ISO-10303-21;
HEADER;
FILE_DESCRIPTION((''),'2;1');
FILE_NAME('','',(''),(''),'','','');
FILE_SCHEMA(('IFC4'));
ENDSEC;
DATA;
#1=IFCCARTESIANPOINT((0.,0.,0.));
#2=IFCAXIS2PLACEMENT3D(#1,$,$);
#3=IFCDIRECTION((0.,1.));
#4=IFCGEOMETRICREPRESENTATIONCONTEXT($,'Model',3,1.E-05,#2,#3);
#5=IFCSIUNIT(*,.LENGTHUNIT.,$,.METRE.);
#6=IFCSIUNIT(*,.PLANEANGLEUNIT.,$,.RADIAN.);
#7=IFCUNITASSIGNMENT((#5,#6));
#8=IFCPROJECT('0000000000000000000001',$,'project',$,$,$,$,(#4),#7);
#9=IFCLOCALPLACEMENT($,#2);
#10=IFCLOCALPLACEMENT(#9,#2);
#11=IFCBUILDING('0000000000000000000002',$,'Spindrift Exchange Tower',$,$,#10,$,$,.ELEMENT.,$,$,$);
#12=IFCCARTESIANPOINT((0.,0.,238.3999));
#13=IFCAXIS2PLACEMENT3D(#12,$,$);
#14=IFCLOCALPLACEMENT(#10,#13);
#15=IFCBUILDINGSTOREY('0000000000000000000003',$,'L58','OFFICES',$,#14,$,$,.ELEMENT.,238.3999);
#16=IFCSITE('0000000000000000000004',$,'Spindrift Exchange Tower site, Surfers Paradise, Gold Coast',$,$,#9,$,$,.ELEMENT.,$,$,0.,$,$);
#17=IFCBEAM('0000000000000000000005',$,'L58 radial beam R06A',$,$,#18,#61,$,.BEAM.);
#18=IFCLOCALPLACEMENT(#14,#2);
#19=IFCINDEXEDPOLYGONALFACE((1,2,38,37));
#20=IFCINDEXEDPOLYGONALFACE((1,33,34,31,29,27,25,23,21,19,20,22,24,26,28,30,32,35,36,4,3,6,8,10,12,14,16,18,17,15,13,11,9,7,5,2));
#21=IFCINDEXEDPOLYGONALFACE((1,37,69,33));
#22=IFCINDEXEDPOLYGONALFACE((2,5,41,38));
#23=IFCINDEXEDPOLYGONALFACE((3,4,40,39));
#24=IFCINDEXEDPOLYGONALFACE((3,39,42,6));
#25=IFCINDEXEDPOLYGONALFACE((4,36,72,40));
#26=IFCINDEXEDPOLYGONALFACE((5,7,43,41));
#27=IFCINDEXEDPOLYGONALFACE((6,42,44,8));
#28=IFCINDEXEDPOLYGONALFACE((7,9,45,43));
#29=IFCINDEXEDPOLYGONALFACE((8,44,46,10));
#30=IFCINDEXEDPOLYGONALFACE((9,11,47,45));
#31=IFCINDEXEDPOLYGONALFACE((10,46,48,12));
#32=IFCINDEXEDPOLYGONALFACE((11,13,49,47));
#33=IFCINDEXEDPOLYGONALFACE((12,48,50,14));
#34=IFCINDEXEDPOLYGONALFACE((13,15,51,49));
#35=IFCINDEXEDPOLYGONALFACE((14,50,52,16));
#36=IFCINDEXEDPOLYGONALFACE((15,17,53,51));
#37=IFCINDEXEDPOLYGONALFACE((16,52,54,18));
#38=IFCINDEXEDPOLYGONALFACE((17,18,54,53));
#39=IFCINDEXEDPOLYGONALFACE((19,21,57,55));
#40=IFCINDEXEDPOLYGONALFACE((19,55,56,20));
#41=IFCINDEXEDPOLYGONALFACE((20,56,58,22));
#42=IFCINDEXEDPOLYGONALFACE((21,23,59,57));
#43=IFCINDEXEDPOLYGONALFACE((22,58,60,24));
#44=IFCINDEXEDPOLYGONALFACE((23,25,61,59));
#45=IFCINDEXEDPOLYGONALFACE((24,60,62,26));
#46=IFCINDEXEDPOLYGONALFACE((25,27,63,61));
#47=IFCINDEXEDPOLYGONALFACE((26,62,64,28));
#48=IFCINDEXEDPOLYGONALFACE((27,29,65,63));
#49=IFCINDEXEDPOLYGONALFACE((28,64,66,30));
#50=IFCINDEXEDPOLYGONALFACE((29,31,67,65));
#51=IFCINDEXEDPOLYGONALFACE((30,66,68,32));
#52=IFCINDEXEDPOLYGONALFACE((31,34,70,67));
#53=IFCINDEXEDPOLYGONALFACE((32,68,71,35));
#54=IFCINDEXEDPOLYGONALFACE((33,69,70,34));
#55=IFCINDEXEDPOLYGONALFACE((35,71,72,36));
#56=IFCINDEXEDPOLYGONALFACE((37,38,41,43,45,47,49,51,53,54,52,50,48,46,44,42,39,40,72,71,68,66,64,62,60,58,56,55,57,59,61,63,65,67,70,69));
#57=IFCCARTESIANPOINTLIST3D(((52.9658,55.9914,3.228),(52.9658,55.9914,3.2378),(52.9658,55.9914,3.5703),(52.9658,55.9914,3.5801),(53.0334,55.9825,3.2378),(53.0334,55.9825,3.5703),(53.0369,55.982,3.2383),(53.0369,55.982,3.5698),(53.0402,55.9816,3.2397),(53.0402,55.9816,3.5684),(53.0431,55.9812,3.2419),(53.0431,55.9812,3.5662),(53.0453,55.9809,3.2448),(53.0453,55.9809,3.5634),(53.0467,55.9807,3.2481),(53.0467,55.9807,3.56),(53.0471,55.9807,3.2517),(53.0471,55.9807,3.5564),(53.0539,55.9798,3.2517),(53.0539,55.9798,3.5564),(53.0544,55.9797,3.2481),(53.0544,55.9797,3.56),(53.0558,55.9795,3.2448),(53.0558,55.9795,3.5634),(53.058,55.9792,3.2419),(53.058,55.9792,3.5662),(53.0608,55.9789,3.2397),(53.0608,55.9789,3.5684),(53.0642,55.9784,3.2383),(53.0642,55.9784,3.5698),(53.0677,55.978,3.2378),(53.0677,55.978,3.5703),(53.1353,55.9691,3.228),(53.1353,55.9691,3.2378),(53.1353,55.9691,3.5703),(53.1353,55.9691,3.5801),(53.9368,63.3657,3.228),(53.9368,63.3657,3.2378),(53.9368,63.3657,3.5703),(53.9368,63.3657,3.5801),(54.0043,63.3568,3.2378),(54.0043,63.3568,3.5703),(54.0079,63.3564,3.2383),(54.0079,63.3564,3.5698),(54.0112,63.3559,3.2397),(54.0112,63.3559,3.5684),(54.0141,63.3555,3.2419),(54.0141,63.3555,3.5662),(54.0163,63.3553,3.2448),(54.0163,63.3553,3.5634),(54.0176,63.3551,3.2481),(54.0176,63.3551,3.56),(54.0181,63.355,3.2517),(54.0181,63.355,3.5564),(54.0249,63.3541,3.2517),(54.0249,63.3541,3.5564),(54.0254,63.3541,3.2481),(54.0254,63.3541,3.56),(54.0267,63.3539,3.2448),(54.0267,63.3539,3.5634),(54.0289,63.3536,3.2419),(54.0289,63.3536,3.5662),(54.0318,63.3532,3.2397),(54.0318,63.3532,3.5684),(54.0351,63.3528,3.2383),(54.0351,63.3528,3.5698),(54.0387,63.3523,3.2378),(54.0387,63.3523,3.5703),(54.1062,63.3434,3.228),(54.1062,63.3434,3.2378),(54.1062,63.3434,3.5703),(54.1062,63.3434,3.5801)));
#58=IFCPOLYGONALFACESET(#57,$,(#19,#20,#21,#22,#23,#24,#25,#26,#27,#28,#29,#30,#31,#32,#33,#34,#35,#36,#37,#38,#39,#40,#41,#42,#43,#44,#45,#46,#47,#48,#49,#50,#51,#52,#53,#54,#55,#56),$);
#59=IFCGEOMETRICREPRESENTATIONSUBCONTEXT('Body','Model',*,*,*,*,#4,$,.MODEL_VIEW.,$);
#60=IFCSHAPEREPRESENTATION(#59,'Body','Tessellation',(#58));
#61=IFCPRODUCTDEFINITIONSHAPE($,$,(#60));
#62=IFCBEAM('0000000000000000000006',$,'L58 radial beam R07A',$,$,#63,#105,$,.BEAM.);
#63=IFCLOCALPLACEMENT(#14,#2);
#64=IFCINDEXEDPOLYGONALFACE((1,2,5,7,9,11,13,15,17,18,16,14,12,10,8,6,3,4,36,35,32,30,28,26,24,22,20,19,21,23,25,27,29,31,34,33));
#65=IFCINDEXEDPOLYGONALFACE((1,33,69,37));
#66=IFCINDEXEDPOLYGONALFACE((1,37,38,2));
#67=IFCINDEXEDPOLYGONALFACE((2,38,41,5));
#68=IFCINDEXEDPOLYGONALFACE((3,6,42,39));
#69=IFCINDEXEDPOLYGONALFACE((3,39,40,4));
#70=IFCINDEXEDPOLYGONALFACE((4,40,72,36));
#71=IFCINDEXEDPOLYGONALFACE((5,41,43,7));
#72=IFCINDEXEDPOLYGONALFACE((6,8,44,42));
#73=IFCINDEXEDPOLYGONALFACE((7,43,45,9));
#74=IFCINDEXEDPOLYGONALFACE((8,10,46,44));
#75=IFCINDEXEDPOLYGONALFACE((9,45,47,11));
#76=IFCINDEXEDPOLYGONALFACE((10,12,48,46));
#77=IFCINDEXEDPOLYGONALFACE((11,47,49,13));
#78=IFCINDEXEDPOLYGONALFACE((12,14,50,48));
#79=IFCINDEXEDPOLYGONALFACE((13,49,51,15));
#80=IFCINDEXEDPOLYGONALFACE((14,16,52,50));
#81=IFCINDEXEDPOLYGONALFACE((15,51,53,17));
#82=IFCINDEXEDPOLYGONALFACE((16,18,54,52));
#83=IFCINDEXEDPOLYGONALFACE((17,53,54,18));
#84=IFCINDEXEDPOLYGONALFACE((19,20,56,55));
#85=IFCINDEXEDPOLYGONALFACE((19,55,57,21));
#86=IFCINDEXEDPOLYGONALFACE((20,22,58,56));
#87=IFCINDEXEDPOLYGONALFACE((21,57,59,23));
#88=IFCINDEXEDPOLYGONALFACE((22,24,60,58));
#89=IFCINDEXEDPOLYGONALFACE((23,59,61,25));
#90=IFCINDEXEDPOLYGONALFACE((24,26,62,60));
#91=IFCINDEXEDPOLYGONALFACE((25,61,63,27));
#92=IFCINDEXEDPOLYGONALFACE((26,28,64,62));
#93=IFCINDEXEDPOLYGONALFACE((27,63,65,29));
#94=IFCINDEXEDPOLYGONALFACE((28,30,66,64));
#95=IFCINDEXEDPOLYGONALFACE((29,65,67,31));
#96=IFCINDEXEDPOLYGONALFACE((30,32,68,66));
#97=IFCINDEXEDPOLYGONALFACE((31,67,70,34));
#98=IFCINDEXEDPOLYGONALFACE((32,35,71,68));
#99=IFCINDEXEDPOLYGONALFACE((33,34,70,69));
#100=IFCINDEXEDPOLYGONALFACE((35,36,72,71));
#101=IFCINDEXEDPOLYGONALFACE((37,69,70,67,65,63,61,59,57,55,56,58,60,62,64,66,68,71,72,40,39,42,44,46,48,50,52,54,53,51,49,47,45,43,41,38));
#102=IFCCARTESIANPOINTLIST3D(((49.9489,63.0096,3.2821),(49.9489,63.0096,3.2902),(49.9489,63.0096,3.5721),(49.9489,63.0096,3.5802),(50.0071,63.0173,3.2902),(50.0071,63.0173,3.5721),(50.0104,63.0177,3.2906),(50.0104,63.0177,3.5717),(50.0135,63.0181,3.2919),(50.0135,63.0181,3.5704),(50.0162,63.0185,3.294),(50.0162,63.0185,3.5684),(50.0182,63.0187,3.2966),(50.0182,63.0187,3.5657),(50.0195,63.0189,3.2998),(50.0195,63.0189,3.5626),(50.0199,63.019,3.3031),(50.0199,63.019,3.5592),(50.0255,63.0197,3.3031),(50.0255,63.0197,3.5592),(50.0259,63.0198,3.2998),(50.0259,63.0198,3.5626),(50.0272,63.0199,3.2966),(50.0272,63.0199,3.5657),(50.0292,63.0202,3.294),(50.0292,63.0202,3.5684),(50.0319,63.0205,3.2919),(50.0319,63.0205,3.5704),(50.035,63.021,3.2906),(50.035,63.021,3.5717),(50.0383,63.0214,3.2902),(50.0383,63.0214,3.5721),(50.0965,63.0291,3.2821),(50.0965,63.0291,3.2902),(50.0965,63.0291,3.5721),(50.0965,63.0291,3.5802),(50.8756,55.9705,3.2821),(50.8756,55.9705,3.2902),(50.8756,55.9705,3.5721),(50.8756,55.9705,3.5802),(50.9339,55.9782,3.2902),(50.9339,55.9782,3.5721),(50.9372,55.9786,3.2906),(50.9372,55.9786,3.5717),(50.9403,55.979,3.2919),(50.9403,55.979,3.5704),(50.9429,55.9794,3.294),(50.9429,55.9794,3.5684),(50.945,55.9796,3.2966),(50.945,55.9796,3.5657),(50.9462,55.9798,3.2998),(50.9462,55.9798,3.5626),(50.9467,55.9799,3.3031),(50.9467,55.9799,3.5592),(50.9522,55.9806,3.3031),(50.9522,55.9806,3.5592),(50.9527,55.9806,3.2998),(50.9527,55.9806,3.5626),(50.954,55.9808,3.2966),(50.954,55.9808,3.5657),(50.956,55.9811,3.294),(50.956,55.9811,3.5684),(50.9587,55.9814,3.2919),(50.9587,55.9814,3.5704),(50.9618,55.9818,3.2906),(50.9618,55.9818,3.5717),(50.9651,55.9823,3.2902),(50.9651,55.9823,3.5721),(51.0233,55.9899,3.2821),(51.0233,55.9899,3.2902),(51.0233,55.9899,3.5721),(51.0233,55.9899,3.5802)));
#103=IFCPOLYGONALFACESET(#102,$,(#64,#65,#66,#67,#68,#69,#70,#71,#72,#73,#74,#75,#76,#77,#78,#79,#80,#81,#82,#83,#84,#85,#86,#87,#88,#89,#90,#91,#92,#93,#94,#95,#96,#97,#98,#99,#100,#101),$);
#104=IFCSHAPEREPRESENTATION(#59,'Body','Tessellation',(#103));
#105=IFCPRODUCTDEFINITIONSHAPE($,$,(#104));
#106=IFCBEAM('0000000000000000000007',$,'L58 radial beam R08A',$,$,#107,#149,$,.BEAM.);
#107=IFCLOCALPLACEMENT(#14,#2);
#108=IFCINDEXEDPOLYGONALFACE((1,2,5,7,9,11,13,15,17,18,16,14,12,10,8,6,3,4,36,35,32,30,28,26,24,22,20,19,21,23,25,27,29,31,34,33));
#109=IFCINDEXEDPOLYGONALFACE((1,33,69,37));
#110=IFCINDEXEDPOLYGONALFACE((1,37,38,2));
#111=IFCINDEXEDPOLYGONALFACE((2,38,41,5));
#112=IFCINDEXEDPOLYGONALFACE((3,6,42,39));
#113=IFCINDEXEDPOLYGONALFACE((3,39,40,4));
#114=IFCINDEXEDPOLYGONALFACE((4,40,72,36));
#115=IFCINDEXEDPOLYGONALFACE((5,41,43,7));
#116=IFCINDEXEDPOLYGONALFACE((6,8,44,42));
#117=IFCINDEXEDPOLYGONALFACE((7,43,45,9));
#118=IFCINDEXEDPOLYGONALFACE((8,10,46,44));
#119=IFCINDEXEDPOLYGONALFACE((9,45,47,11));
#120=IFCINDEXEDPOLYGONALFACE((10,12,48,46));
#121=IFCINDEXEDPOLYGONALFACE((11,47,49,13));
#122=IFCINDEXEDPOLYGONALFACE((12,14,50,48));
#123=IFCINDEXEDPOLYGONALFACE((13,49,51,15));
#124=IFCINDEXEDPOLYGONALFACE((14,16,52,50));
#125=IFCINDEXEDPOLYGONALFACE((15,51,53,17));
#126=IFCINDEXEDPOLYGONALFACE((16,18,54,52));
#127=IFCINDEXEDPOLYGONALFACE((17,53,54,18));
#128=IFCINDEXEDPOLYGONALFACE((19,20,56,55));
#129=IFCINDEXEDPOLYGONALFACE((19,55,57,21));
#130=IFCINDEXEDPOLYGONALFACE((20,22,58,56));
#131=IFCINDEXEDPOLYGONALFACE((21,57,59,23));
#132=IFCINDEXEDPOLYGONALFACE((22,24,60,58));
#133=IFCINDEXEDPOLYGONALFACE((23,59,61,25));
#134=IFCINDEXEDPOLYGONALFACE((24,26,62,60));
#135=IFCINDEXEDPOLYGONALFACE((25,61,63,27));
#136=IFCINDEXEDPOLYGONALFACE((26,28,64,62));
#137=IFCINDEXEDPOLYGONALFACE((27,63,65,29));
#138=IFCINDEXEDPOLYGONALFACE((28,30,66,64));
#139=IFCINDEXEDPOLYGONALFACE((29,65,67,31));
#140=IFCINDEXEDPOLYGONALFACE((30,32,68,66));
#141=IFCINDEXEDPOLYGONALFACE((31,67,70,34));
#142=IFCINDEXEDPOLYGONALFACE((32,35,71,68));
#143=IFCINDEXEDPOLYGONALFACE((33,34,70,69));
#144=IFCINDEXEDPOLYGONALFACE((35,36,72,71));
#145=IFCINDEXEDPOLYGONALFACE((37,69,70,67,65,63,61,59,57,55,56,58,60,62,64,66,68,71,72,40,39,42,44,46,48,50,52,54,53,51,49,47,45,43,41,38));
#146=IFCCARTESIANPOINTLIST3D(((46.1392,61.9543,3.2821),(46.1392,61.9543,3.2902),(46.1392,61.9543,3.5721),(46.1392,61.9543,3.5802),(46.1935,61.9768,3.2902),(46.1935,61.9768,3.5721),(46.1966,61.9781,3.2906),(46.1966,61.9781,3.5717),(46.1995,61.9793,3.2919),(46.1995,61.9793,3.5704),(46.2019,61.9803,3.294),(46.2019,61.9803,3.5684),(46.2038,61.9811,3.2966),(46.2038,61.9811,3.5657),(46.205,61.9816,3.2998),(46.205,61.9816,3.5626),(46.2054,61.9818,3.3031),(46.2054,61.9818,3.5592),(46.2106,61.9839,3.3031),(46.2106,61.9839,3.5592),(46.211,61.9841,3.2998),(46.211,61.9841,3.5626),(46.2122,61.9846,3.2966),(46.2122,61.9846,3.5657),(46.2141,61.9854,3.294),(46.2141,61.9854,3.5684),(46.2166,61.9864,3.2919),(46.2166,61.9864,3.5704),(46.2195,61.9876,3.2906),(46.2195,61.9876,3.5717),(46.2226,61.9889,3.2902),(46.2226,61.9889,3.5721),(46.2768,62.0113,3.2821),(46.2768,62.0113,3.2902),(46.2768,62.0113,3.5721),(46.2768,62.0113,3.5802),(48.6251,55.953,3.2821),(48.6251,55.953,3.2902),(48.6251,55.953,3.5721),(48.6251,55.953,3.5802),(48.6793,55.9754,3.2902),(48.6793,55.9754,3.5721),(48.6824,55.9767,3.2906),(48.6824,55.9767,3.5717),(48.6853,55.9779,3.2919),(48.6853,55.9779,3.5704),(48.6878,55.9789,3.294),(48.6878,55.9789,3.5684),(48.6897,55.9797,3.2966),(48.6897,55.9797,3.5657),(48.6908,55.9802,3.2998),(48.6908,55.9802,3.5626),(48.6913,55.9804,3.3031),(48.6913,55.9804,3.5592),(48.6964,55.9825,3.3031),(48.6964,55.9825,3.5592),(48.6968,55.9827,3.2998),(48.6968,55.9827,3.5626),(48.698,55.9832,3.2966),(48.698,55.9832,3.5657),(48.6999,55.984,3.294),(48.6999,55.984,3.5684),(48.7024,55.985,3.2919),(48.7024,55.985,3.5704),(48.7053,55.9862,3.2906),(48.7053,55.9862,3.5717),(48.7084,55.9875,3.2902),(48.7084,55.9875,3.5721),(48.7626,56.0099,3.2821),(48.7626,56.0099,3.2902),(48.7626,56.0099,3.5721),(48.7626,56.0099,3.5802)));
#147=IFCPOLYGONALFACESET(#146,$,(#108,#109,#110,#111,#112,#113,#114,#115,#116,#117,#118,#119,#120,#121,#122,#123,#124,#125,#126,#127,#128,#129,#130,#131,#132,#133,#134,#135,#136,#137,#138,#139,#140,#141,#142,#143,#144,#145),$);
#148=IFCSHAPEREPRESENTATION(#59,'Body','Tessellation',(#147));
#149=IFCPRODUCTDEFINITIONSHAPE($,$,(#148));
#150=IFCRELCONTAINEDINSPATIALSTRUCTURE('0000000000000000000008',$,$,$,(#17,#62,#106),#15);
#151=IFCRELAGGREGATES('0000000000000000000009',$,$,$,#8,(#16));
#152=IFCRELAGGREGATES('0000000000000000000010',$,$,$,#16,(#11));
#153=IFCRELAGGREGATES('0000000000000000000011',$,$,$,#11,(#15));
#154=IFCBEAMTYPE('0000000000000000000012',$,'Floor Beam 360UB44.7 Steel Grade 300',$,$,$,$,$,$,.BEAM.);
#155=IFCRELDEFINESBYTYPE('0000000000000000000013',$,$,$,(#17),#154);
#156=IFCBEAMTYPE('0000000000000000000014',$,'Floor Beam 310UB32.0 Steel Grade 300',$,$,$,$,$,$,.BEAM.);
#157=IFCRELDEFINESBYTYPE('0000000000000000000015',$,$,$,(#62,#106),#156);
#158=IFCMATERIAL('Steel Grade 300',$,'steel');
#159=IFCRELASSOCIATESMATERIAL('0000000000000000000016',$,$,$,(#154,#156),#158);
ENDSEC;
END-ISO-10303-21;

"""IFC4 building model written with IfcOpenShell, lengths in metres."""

from ifc_helpers import new_model, si_unit, direction, frame, origin, origin_2d, place, context, subcontext, project, spatial, i_section, extrude, source, transform, mapped, material, material_profile, profile_set, type_object, element, save


model = new_model("IFC4")

# Units and contexts
model_context = context("Model", 3, precision=1e-05, world=origin(), true_north=direction((0.0, 1.0)))
body_context = subcontext(model_context, "Body", "Model", "MODEL_VIEW")
ifc_project = project(units=[si_unit("LENGTHUNIT", "METRE"), si_unit("PLANEANGLEUNIT", "RADIAN")], contexts=[model_context])

# Site, building, storey
site_placement = place(None, origin())
site = spatial("IfcSite", under=ifc_project, at=site_placement, Name="Spindrift Exchange Tower site, Surfers Paradise, Gold Coast", CompositionType="ELEMENT", RefElevation=0.0)
building_placement = place(site_placement, origin())
building = spatial("IfcBuilding", under=site, at=building_placement, Name="Spindrift Exchange Tower", CompositionType="ELEMENT")
storey_placement = place(building_placement, frame((0.0, 0.0, 238.3999)))
storey = spatial("IfcBuildingStorey", under=building, at=storey_placement, Name="L58", Description="OFFICES", CompositionType="ELEMENT", Elevation=238.3999)

# Beams
ifc_material_1 = material(Name="Steel Grade 300", Category="steel")
ifc_material_profile_1 = material_profile(ifc_material_1, i_section(OverallWidth=0.1709, OverallDepth=0.3521, WebThickness=0.0068, FlangeThickness=0.0098, FilletRadius=0.0139, at=origin_2d()), Name="360UB44.7")
ifc_profile_set_1 = profile_set([ifc_material_profile_1], Name="Steel Grade 300")
beam_type_1 = type_object("IfcBeamType", Name="Floor Beam 360UB44.7 Steel Grade 300", PredefinedType="BEAM", material=ifc_profile_set_1)
shared_shape_1 = source(origin(), body_context, "Body", "SweptSolid", [
    extrude(i_section(OverallWidth=0.1709, OverallDepth=0.3521, WebThickness=0.0068, FlangeThickness=0.0098, FilletRadius=0.0139, at=origin_2d()), origin(), (0.0, 0.0, 1.0), 7.438),
])
beam_1_placement = place(storey_placement, frame((53.0505, 55.9802, 3.4041), z_axis=(0.13054, 0.991443, 0.0), x_axis=(-0.991443, 0.13054, 0.0)))
element("IfcBeam", 1, at=beam_1_placement, inside=storey, type_object=beam_type_1, Name="L58 radial beam R06A", PredefinedType="BEAM", context=body_context, shape_type="MappedRepresentation", body=[
    mapped(shared_shape_1, transform((0.0, 0.0, 0.0), scale=1.0)),
])
ifc_material_profile_2 = material_profile(ifc_material_1, i_section(OverallWidth=0.1489, OverallDepth=0.2981, WebThickness=0.0056, FlangeThickness=0.0081, FilletRadius=0.0129, at=origin_2d()), Name="310UB32.0")
ifc_profile_set_2 = profile_set([ifc_material_profile_2], Name="Steel Grade 300")
beam_type_2 = type_object("IfcBeamType", Name="Floor Beam 310UB32.0 Steel Grade 300", PredefinedType="BEAM", material=ifc_profile_set_2)
shared_shape_2 = source(origin(), body_context, "Body", "SweptSolid", [
    extrude(i_section(OverallWidth=0.1489, OverallDepth=0.2981, WebThickness=0.0056, FlangeThickness=0.0081, FilletRadius=0.0129, at=origin_2d()), origin(), (0.0, 0.0, 1.0), 7.0999),
])
beam_2_placement = place(storey_placement, frame((50.9495, 55.9802, 3.4312), z_axis=(-0.130533, 0.991444, 0.0), x_axis=(-0.991444, -0.130533, 0.0)))
element("IfcBeam", 2, at=beam_2_placement, inside=storey, type_object=beam_type_2, Name="L58 radial beam R07A", PredefinedType="BEAM", context=body_context, shape_type="MappedRepresentation", body=[
    mapped(shared_shape_2, transform((0.0, 0.0, 0.0), scale=1.0)),
])
shared_shape_3 = source(origin(), body_context, "Body", "SweptSolid", [
    extrude(i_section(OverallWidth=0.1489, OverallDepth=0.2981, WebThickness=0.0056, FlangeThickness=0.0081, FilletRadius=0.0129, at=origin_2d()), origin(), (0.0, 0.0, 1.0), 6.4958),
])
beam_3_placement = place(storey_placement, frame((48.6938, 55.9814, 3.4312), z_axis=(-0.382677, 0.923882, 0.0), x_axis=(-0.923882, -0.382677, 0.0)))
element("IfcBeam", 3, at=beam_3_placement, inside=storey, type_object=beam_type_2, Name="L58 radial beam R08A", PredefinedType="BEAM", context=body_context, shape_type="MappedRepresentation", body=[
    mapped(shared_shape_3, transform((0.0, 0.0, 0.0), scale=1.0)),
])

save(model, "model.ifc")
